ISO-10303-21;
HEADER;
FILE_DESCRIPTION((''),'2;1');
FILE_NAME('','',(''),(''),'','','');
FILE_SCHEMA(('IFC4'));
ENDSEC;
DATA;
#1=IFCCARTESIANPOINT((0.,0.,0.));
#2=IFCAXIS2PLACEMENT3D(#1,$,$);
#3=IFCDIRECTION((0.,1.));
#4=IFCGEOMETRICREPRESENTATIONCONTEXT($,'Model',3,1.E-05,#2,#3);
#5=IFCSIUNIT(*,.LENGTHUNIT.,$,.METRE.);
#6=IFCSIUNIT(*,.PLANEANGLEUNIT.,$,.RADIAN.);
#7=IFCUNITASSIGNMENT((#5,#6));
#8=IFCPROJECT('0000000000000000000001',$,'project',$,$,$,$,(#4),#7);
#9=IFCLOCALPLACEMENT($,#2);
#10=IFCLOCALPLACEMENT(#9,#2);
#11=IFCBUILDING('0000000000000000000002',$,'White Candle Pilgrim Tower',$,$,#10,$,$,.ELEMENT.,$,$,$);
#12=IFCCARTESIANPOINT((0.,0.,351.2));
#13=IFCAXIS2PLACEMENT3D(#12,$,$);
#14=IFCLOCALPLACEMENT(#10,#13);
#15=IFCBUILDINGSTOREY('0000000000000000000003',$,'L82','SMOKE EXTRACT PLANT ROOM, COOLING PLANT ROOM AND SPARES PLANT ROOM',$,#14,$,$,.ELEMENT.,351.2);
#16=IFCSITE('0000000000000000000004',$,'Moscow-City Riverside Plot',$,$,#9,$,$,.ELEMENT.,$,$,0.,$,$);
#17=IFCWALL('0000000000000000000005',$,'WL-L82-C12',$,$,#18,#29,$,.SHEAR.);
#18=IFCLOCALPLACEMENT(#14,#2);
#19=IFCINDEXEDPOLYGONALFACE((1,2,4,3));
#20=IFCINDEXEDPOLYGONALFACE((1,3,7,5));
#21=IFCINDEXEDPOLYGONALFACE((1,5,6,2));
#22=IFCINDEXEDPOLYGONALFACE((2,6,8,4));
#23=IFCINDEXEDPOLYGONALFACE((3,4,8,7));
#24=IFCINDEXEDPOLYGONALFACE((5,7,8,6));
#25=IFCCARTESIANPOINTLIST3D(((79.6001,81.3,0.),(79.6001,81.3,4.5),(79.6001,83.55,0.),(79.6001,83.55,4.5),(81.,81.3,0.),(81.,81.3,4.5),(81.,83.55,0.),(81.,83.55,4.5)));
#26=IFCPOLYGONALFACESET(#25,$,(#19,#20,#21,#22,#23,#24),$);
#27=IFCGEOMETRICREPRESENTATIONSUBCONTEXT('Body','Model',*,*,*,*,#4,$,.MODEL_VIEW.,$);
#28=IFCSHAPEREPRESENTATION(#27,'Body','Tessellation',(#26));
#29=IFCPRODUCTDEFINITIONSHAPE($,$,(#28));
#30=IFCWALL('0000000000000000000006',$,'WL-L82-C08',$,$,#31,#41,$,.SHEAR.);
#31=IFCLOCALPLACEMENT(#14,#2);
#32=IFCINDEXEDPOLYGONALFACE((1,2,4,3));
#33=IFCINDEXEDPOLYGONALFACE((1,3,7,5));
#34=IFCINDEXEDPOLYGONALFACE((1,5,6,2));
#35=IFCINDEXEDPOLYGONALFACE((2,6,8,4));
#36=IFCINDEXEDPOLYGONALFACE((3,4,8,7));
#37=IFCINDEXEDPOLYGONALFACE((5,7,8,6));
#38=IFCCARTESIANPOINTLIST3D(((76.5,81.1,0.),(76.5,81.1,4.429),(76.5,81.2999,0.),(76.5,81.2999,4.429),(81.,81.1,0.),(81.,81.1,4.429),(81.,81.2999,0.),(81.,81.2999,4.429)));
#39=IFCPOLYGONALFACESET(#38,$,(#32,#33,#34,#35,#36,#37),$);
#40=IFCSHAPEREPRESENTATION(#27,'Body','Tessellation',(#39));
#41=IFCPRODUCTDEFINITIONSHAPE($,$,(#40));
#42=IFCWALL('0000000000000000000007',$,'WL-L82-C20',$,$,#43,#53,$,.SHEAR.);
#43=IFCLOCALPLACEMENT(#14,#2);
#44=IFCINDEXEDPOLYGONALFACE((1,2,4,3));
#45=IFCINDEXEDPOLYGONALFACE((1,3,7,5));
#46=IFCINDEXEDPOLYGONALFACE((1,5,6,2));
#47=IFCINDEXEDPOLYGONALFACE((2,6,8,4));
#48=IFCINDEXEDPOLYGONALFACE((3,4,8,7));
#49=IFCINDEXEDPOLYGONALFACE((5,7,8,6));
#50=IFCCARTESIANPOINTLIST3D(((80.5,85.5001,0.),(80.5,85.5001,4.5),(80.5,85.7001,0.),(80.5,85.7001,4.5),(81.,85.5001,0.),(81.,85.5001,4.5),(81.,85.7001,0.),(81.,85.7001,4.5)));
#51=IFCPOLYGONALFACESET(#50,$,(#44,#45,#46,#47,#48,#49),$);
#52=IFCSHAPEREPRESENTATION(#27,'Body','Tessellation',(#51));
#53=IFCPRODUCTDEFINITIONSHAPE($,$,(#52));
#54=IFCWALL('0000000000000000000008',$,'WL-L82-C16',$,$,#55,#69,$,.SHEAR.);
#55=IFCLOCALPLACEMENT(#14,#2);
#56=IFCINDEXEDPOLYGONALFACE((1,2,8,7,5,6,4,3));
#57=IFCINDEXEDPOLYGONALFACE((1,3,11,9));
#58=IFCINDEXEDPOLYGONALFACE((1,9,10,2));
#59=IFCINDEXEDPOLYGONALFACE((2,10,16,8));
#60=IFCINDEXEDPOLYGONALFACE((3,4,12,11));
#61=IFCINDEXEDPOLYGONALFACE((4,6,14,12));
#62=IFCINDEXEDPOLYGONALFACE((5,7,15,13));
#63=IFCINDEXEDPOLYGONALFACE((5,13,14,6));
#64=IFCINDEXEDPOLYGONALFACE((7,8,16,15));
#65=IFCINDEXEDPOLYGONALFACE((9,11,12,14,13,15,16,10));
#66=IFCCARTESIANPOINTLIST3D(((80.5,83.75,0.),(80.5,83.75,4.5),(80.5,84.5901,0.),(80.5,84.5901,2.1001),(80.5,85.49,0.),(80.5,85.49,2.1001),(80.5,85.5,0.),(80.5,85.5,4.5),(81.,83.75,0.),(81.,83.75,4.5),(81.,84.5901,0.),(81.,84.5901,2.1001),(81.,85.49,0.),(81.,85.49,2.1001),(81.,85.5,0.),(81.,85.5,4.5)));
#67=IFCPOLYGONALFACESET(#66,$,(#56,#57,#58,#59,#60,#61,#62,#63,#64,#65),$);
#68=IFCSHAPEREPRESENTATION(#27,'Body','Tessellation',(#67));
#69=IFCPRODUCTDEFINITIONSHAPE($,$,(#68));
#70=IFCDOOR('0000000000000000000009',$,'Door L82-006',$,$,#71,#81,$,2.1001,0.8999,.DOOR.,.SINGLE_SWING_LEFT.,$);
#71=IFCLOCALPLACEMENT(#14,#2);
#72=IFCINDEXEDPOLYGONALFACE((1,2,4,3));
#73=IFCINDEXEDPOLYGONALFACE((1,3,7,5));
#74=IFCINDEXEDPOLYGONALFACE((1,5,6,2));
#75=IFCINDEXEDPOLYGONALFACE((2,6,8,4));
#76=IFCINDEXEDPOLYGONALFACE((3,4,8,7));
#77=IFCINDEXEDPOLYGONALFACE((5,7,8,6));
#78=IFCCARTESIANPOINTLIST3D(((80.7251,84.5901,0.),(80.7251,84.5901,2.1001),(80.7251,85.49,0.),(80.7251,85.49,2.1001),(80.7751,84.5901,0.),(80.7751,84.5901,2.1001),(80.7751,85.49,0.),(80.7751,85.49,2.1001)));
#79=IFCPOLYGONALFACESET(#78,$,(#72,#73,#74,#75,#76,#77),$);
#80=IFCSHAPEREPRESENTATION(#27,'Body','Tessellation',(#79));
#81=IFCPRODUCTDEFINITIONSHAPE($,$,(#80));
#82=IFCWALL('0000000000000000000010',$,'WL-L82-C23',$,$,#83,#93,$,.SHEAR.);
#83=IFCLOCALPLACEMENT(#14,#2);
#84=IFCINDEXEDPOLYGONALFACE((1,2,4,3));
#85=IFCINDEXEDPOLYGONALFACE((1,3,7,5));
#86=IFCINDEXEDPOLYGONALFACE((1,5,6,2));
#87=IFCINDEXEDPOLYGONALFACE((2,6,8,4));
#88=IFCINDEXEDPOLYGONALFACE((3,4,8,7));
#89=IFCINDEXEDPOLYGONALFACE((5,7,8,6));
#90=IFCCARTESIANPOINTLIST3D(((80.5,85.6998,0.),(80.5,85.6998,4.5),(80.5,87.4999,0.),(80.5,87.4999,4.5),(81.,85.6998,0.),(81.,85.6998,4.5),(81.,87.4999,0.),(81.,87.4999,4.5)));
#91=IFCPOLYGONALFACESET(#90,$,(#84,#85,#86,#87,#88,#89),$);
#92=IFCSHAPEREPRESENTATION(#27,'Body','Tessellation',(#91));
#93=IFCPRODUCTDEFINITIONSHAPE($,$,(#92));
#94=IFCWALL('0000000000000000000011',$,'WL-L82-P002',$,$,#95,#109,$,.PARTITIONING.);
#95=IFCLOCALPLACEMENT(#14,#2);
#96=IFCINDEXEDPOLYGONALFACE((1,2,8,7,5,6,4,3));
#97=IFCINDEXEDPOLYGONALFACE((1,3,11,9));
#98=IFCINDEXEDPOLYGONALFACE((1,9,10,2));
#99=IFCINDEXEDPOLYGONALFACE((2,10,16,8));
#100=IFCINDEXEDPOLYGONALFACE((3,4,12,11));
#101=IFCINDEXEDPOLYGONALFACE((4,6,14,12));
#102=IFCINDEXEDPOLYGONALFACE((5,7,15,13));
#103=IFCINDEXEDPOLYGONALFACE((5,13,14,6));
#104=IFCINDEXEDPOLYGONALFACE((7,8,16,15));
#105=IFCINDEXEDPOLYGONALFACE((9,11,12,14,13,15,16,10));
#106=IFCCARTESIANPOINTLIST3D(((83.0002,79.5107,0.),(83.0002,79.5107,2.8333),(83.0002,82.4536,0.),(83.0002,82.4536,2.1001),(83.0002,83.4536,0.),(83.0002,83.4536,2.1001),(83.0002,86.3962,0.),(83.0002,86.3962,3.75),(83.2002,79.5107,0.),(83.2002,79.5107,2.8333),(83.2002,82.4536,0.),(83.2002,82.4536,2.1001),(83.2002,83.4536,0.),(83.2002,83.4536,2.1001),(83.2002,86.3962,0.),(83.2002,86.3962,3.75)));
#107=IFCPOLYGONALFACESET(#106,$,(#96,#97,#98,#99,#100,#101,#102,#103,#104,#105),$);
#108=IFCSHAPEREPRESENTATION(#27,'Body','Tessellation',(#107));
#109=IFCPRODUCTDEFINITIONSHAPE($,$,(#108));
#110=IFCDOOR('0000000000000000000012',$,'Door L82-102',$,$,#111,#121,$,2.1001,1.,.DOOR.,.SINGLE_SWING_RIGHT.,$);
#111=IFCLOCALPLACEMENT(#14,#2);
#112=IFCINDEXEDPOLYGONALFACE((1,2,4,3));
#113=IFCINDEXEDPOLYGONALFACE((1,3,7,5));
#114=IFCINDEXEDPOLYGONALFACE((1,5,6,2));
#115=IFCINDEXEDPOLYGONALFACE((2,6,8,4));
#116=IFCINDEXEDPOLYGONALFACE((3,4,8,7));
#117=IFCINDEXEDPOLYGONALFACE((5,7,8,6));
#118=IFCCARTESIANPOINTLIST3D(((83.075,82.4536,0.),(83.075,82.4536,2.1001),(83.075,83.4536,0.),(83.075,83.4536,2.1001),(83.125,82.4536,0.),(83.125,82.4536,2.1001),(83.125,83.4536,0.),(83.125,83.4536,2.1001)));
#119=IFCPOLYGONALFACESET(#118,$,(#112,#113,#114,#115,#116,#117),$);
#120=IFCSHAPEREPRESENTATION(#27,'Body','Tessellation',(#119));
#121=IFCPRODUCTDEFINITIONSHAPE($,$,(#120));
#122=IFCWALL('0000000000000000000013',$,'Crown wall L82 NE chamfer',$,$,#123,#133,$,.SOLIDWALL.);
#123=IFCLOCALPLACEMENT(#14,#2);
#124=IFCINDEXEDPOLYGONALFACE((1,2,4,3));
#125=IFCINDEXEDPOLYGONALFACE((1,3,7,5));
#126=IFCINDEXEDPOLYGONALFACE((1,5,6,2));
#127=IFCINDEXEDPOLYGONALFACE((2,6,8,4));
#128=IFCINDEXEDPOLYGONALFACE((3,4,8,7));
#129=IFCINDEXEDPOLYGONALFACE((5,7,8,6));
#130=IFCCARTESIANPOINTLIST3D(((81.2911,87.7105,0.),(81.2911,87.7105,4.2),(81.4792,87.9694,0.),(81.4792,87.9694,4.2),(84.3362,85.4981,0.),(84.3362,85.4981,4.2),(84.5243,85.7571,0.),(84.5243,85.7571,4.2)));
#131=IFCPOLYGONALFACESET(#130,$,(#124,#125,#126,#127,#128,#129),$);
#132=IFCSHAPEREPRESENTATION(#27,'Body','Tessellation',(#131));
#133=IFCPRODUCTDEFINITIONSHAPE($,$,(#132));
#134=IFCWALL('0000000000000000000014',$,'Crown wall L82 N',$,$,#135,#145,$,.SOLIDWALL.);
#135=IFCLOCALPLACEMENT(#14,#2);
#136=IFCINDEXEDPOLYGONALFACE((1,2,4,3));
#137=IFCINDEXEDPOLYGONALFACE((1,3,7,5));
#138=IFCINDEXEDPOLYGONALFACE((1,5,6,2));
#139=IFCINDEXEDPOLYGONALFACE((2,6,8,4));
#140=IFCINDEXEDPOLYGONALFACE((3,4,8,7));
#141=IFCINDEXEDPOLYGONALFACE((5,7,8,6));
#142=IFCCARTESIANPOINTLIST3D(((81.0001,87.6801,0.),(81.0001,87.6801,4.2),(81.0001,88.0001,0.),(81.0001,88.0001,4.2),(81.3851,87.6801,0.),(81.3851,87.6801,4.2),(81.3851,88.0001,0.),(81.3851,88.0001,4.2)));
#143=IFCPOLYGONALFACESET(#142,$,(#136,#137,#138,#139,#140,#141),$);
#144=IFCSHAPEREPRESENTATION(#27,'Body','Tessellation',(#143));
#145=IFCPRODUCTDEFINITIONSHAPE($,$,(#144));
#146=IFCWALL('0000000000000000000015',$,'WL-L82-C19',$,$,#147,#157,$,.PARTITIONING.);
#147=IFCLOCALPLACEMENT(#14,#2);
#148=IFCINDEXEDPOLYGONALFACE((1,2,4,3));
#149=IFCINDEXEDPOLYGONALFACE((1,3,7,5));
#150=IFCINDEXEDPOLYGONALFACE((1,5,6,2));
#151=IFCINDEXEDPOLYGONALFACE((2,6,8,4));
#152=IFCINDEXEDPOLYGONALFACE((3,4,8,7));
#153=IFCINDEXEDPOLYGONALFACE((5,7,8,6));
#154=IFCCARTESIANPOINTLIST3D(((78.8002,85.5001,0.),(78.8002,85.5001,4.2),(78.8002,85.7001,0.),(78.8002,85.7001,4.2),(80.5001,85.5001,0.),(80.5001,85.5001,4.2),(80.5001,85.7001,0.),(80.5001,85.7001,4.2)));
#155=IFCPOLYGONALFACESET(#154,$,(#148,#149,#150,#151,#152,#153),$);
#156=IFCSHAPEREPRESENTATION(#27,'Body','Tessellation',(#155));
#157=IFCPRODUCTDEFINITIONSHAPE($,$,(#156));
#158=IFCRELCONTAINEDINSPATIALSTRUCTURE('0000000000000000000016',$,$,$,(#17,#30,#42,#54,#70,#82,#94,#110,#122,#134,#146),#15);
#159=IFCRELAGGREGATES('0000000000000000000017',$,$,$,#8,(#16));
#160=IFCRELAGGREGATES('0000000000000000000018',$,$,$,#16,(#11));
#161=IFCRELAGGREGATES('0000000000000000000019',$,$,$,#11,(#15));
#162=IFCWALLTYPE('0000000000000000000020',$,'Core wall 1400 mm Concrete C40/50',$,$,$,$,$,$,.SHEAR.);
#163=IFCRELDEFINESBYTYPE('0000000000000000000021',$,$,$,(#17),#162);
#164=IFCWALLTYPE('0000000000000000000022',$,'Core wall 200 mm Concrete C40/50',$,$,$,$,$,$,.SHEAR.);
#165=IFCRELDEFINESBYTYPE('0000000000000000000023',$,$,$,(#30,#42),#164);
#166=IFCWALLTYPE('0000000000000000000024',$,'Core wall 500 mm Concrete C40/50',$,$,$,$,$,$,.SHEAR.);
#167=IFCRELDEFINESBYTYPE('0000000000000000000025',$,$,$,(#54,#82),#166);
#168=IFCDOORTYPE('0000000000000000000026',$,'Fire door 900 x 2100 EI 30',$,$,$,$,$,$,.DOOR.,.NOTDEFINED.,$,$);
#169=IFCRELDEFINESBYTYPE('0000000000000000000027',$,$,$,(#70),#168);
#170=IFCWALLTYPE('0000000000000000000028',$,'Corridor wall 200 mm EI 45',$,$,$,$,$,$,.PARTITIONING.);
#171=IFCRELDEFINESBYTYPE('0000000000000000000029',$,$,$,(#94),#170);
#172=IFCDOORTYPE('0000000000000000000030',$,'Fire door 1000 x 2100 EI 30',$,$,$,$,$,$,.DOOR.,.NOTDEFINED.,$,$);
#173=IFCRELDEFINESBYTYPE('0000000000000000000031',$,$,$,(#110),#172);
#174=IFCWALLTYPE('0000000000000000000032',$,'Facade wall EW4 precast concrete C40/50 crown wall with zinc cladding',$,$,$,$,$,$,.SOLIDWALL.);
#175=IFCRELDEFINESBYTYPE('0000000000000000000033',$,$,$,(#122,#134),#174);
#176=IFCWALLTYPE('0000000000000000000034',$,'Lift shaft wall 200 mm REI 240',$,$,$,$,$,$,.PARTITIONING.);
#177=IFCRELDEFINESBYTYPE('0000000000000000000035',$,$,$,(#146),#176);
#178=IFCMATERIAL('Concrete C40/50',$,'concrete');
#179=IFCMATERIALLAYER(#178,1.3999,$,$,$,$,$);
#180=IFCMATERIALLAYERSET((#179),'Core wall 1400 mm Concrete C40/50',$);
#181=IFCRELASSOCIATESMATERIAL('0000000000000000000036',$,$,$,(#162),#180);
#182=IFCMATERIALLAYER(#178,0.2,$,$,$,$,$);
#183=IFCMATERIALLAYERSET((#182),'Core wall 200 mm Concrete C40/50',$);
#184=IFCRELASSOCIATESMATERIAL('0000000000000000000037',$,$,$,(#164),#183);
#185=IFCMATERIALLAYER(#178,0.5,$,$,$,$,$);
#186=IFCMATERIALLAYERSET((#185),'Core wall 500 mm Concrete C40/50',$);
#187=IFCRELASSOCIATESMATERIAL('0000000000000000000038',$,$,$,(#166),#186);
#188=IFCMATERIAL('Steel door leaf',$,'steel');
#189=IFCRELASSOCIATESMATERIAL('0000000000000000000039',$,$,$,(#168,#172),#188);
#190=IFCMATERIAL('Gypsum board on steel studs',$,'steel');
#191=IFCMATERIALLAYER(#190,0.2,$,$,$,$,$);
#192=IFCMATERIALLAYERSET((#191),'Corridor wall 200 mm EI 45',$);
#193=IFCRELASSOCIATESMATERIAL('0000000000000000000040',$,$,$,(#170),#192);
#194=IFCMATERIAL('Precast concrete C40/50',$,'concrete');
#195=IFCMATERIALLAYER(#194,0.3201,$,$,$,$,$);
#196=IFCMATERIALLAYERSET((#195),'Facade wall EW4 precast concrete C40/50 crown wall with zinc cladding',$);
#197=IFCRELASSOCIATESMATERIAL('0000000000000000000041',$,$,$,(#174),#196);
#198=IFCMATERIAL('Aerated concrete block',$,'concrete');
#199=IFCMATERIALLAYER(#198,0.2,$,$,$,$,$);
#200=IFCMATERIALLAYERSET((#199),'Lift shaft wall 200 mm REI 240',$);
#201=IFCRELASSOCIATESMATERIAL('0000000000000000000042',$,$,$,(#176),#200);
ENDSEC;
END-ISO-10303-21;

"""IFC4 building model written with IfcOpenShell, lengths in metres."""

from ifc_helpers import new_model, si_unit, direction, frame, frame_2d, origin, place, context, subcontext, project, spatial, polyline, rectangle, outline, extrude, material, layer, layer_set, type_object, element, fill, save


model = new_model("IFC4")

# Units and contexts
model_context = context("Model", 3, precision=1e-05, world=origin(), true_north=direction((0.0, 1.0)))
body_context = subcontext(model_context, "Body", "Model", "MODEL_VIEW")
ifc_project = project(units=[si_unit("LENGTHUNIT", "METRE"), si_unit("PLANEANGLEUNIT", "RADIAN")], contexts=[model_context])

# Site, building, storey
site_placement = place(None, origin())
site = spatial("IfcSite", under=ifc_project, at=site_placement, Name="Moscow-City Riverside Plot", CompositionType="ELEMENT", RefElevation=0.0)
building_placement = place(site_placement, origin())
building = spatial("IfcBuilding", under=site, at=building_placement, Name="White Candle Pilgrim Tower", CompositionType="ELEMENT")
storey_placement = place(building_placement, frame((0.0, 0.0, 351.2)))
storey = spatial("IfcBuildingStorey", under=building, at=storey_placement, Name="L82", Description="SMOKE EXTRACT PLANT ROOM, COOLING PLANT ROOM AND SPARES PLANT ROOM", CompositionType="ELEMENT", Elevation=351.2)

# Walls
ifc_material_1 = material(Name="Concrete C40/50", Category="concrete")
ifc_layer_1 = layer(ifc_material_1, 1.3999)
ifc_layer_set_1 = layer_set([ifc_layer_1], Name="Core wall 1400 mm Concrete C40/50")
wall_type_1 = type_object("IfcWallType", Name="Core wall 1400 mm Concrete C40/50", PredefinedType="SHEAR", material=ifc_layer_set_1)
wall_1_placement = place(storey_placement, frame((80.3, 81.3, 0.0), z_axis=(0.0, 0.0, 1.0), x_axis=(0.0, 1.0, 0.0)))
element("IfcWall", 1, at=wall_1_placement, inside=storey, type_object=wall_type_1, Name="WL-L82-C12", PredefinedType="SHEAR", context=body_context, shape_type="SweptSolid", body=[
    extrude(rectangle(XDim=2.25, YDim=1.3999, at=frame_2d((1.125, 0.0))), origin(), (0.0, 0.0, 1.0), 4.5),
])
ifc_layer_2 = layer(ifc_material_1, 0.2)
ifc_layer_set_2 = layer_set([ifc_layer_2], Name="Core wall 200 mm Concrete C40/50")
wall_type_2 = type_object("IfcWallType", Name="Core wall 200 mm Concrete C40/50", PredefinedType="SHEAR", material=ifc_layer_set_2)
wall_2_placement = place(storey_placement, frame((76.5, 81.2, 0.0), z_axis=(0.0, 0.0, 1.0), x_axis=(1.0, 0.0, 0.0)))
element("IfcWall", 2, at=wall_2_placement, inside=storey, type_object=wall_type_2, Name="WL-L82-C08", PredefinedType="SHEAR", context=body_context, shape_type="SweptSolid", body=[
    extrude(rectangle(XDim=4.5, YDim=0.2, at=frame_2d((2.25, 0.0))), origin(), (0.0, 0.0, 1.0), 4.429),
])
wall_3_placement = place(storey_placement, frame((80.5, 85.6001, 0.0), z_axis=(0.0, 0.0, 1.0), x_axis=(1.0, 0.0, 0.0)))
element("IfcWall", 3, at=wall_3_placement, inside=storey, type_object=wall_type_2, Name="WL-L82-C20", PredefinedType="SHEAR", context=body_context, shape_type="SweptSolid", body=[
    extrude(rectangle(XDim=0.5, YDim=0.2, at=frame_2d((0.25, 0.0))), origin(), (0.0, 0.0, 1.0), 4.5),
])

# Wall, opening, door
ifc_layer_3 = layer(ifc_material_1, 0.5)
ifc_layer_set_3 = layer_set([ifc_layer_3], Name="Core wall 500 mm Concrete C40/50")
wall_type_3 = type_object("IfcWallType", Name="Core wall 500 mm Concrete C40/50", PredefinedType="SHEAR", material=ifc_layer_set_3)
wall_4_placement = place(storey_placement, frame((80.75, 83.75, 0.0), z_axis=(0.0, 0.0, 1.0), x_axis=(0.0, 1.0, 0.0)))
wall_4 = element("IfcWall", 4, at=wall_4_placement, inside=storey, type_object=wall_type_3, Name="WL-L82-C16", PredefinedType="SHEAR", context=body_context, shape_type="SweptSolid", body=[
    extrude(rectangle(XDim=1.75, YDim=0.5, at=frame_2d((0.875, 0.0))), origin(), (0.0, 0.0, 1.0), 4.5),
])
opening_1_placement = place(wall_4_placement, frame((0.8401, 0.0, 0.0)))
opening_1 = element("IfcOpeningElement", 5, at=opening_1_placement, cuts=wall_4, PredefinedType="OPENING", context=body_context, shape_type="SweptSolid", body=[
    extrude(rectangle(XDim=0.8999, YDim=2.1001, at=frame_2d((0.45, 1.05))), frame((0.0, 0.26, 0.0), z_axis=(0.0, -1.0, 0.0), x_axis=(1.0, 0.0, 0.0)), (0.0, 0.0, 1.0), 0.52),
])
ifc_material_2 = material(Name="Steel door leaf", Category="steel")
door_type_1 = type_object("IfcDoorType", Name="Fire door 900 x 2100 EI 30", OperationType="NOTDEFINED", PredefinedType="DOOR", material=ifc_material_2)
door_1_placement = place(opening_1_placement, origin())
door_1 = element("IfcDoor", 6, at=door_1_placement, inside=storey, type_object=door_type_1, Name="Door L82-006", OperationType="SINGLE_SWING_LEFT", OverallHeight=2.1001, OverallWidth=0.8999, PredefinedType="DOOR", context=body_context, shape_type="SweptSolid", body=[
    extrude(rectangle(XDim=0.8999, YDim=2.1001, at=frame_2d((0.45, 1.05))), frame((0.0, 0.0249, 0.0), z_axis=(0.0, -1.0, 0.0), x_axis=(1.0, 0.0, 0.0)), (0.0, 0.0, 1.0), 0.05),
])
fill(opening_1, door_1)

# Wall
wall_5_placement = place(storey_placement, frame((80.75, 85.7, 0.0), z_axis=(0.0, 0.0, 1.0), x_axis=(0.0, 1.0, 0.0)))
element("IfcWall", 7, at=wall_5_placement, inside=storey, type_object=wall_type_3, Name="WL-L82-C23", PredefinedType="SHEAR", context=body_context, shape_type="SweptSolid", body=[
    extrude(rectangle(XDim=1.8, YDim=0.5, at=frame_2d((0.8999, 0.0))), origin(), (0.0, 0.0, 1.0), 4.5),
])

# Wall, opening, door
ifc_material_3 = material(Name="Gypsum board on steel studs", Category="steel")
ifc_layer_4 = layer(ifc_material_3, 0.2)
ifc_layer_set_4 = layer_set([ifc_layer_4], Name="Corridor wall 200 mm EI 45")
wall_type_4 = type_object("IfcWallType", Name="Corridor wall 200 mm EI 45", PredefinedType="PARTITIONING", material=ifc_layer_set_4)
wall_6_placement = place(storey_placement, frame((83.1001, 86.3962, 0.0), z_axis=(0.0, 0.0, 1.0), x_axis=(0.0, -1.0, 0.0)))
wall_6 = element("IfcWall", 8, at=wall_6_placement, inside=storey, type_object=wall_type_4, Name="WL-L82-P002", PredefinedType="PARTITIONING", context=body_context, shape_type="SweptSolid", body=[
    extrude(outline(polyline([(0.0, 0.0), (6.8855, 0.0), (6.8855, 2.8333), (0.0, 3.75), (0.0, 0.0)])), frame((0.0, 0.1001, 0.0), z_axis=(0.0, -1.0, 0.0), x_axis=(1.0, 0.0, 0.0)), (0.0, 0.0, 1.0), 0.2),
])
opening_2_placement = place(wall_6_placement, frame((2.9426, 0.0, 0.0)))
opening_2 = element("IfcOpeningElement", 9, at=opening_2_placement, cuts=wall_6, PredefinedType="OPENING", context=body_context, shape_type="SweptSolid", body=[
    extrude(rectangle(XDim=1.0, YDim=2.1001, at=frame_2d((0.5, 1.05))), frame((0.0, 0.1099, 0.0), z_axis=(0.0, -1.0, 0.0), x_axis=(1.0, 0.0, 0.0)), (0.0, 0.0, 1.0), 0.22),
])
door_type_2 = type_object("IfcDoorType", Name="Fire door 1000 x 2100 EI 30", OperationType="NOTDEFINED", PredefinedType="DOOR", material=ifc_material_2)
door_2_placement = place(opening_2_placement, origin())
door_2 = element("IfcDoor", 10, at=door_2_placement, inside=storey, type_object=door_type_2, Name="Door L82-102", OperationType="SINGLE_SWING_RIGHT", OverallHeight=2.1001, OverallWidth=1.0, PredefinedType="DOOR", context=body_context, shape_type="SweptSolid", body=[
    extrude(rectangle(XDim=1.0, YDim=2.1001, at=frame_2d((0.5, 1.05))), frame((0.0, 0.0249, 0.0), z_axis=(0.0, -1.0, 0.0), x_axis=(1.0, 0.0, 0.0)), (0.0, 0.0, 1.0), 0.05),
])
fill(opening_2, door_2)

# Walls
ifc_material_4 = material(Name="Precast concrete C40/50", Category="concrete")
ifc_layer_5 = layer(ifc_material_4, 0.3201)
ifc_layer_set_5 = layer_set([ifc_layer_5], Name="Facade wall EW4 precast concrete C40/50 crown wall with zinc cladding")
wall_type_5 = type_object("IfcWallType", Name="Facade wall EW4 precast concrete C40/50 crown wall with zinc cladding", PredefinedType="SOLIDWALL", material=ifc_layer_set_5)
wall_7_placement = place(storey_placement, frame((84.4302, 85.6277, 0.0), z_axis=(0.0, 0.0, 1.0), x_axis=(-0.809022, 0.587778, 0.0)))
element("IfcWall", 11, at=wall_7_placement, inside=storey, type_object=wall_type_5, Name="Crown wall L82 NE chamfer", PredefinedType="SOLIDWALL", context=body_context, shape_type="SweptSolid", body=[
    extrude(rectangle(XDim=3.7639, YDim=0.3201, at=frame_2d((1.8818, 0.0))), origin(), (0.0, 0.0, 1.0), 4.2),
])
wall_8_placement = place(storey_placement, frame((81.385, 87.8401, 0.0), z_axis=(0.0, 0.0, 1.0), x_axis=(-1.0, 0.0, 0.0)))
element("IfcWall", 12, at=wall_8_placement, inside=storey, type_object=wall_type_5, Name="Crown wall L82 N", PredefinedType="SOLIDWALL", context=body_context, shape_type="SweptSolid", body=[
    extrude(rectangle(XDim=0.385, YDim=0.3201, at=frame_2d((0.1924, 0.0))), origin(), (0.0, 0.0, 1.0), 4.2),
])
ifc_material_5 = material(Name="Aerated concrete block", Category="concrete")
ifc_layer_6 = layer(ifc_material_5, 0.2)
ifc_layer_set_6 = layer_set([ifc_layer_6], Name="Lift shaft wall 200 mm REI 240")
wall_type_6 = type_object("IfcWallType", Name="Lift shaft wall 200 mm REI 240", PredefinedType="PARTITIONING", material=ifc_layer_set_6)
wall_9_placement = place(storey_placement, frame((78.8, 85.6001, 0.0), z_axis=(0.0, 0.0, 1.0), x_axis=(1.0, 0.0, 0.0)))
element("IfcWall", 13, at=wall_9_placement, inside=storey, type_object=wall_type_6, Name="WL-L82-C19", PredefinedType="PARTITIONING", context=body_context, shape_type="SweptSolid", body=[
    extrude(rectangle(XDim=1.7, YDim=0.2, at=frame_2d((0.8501, 0.0))), origin(), (0.0, 0.0, 1.0), 4.2),
])

save(model, "model.ifc")
